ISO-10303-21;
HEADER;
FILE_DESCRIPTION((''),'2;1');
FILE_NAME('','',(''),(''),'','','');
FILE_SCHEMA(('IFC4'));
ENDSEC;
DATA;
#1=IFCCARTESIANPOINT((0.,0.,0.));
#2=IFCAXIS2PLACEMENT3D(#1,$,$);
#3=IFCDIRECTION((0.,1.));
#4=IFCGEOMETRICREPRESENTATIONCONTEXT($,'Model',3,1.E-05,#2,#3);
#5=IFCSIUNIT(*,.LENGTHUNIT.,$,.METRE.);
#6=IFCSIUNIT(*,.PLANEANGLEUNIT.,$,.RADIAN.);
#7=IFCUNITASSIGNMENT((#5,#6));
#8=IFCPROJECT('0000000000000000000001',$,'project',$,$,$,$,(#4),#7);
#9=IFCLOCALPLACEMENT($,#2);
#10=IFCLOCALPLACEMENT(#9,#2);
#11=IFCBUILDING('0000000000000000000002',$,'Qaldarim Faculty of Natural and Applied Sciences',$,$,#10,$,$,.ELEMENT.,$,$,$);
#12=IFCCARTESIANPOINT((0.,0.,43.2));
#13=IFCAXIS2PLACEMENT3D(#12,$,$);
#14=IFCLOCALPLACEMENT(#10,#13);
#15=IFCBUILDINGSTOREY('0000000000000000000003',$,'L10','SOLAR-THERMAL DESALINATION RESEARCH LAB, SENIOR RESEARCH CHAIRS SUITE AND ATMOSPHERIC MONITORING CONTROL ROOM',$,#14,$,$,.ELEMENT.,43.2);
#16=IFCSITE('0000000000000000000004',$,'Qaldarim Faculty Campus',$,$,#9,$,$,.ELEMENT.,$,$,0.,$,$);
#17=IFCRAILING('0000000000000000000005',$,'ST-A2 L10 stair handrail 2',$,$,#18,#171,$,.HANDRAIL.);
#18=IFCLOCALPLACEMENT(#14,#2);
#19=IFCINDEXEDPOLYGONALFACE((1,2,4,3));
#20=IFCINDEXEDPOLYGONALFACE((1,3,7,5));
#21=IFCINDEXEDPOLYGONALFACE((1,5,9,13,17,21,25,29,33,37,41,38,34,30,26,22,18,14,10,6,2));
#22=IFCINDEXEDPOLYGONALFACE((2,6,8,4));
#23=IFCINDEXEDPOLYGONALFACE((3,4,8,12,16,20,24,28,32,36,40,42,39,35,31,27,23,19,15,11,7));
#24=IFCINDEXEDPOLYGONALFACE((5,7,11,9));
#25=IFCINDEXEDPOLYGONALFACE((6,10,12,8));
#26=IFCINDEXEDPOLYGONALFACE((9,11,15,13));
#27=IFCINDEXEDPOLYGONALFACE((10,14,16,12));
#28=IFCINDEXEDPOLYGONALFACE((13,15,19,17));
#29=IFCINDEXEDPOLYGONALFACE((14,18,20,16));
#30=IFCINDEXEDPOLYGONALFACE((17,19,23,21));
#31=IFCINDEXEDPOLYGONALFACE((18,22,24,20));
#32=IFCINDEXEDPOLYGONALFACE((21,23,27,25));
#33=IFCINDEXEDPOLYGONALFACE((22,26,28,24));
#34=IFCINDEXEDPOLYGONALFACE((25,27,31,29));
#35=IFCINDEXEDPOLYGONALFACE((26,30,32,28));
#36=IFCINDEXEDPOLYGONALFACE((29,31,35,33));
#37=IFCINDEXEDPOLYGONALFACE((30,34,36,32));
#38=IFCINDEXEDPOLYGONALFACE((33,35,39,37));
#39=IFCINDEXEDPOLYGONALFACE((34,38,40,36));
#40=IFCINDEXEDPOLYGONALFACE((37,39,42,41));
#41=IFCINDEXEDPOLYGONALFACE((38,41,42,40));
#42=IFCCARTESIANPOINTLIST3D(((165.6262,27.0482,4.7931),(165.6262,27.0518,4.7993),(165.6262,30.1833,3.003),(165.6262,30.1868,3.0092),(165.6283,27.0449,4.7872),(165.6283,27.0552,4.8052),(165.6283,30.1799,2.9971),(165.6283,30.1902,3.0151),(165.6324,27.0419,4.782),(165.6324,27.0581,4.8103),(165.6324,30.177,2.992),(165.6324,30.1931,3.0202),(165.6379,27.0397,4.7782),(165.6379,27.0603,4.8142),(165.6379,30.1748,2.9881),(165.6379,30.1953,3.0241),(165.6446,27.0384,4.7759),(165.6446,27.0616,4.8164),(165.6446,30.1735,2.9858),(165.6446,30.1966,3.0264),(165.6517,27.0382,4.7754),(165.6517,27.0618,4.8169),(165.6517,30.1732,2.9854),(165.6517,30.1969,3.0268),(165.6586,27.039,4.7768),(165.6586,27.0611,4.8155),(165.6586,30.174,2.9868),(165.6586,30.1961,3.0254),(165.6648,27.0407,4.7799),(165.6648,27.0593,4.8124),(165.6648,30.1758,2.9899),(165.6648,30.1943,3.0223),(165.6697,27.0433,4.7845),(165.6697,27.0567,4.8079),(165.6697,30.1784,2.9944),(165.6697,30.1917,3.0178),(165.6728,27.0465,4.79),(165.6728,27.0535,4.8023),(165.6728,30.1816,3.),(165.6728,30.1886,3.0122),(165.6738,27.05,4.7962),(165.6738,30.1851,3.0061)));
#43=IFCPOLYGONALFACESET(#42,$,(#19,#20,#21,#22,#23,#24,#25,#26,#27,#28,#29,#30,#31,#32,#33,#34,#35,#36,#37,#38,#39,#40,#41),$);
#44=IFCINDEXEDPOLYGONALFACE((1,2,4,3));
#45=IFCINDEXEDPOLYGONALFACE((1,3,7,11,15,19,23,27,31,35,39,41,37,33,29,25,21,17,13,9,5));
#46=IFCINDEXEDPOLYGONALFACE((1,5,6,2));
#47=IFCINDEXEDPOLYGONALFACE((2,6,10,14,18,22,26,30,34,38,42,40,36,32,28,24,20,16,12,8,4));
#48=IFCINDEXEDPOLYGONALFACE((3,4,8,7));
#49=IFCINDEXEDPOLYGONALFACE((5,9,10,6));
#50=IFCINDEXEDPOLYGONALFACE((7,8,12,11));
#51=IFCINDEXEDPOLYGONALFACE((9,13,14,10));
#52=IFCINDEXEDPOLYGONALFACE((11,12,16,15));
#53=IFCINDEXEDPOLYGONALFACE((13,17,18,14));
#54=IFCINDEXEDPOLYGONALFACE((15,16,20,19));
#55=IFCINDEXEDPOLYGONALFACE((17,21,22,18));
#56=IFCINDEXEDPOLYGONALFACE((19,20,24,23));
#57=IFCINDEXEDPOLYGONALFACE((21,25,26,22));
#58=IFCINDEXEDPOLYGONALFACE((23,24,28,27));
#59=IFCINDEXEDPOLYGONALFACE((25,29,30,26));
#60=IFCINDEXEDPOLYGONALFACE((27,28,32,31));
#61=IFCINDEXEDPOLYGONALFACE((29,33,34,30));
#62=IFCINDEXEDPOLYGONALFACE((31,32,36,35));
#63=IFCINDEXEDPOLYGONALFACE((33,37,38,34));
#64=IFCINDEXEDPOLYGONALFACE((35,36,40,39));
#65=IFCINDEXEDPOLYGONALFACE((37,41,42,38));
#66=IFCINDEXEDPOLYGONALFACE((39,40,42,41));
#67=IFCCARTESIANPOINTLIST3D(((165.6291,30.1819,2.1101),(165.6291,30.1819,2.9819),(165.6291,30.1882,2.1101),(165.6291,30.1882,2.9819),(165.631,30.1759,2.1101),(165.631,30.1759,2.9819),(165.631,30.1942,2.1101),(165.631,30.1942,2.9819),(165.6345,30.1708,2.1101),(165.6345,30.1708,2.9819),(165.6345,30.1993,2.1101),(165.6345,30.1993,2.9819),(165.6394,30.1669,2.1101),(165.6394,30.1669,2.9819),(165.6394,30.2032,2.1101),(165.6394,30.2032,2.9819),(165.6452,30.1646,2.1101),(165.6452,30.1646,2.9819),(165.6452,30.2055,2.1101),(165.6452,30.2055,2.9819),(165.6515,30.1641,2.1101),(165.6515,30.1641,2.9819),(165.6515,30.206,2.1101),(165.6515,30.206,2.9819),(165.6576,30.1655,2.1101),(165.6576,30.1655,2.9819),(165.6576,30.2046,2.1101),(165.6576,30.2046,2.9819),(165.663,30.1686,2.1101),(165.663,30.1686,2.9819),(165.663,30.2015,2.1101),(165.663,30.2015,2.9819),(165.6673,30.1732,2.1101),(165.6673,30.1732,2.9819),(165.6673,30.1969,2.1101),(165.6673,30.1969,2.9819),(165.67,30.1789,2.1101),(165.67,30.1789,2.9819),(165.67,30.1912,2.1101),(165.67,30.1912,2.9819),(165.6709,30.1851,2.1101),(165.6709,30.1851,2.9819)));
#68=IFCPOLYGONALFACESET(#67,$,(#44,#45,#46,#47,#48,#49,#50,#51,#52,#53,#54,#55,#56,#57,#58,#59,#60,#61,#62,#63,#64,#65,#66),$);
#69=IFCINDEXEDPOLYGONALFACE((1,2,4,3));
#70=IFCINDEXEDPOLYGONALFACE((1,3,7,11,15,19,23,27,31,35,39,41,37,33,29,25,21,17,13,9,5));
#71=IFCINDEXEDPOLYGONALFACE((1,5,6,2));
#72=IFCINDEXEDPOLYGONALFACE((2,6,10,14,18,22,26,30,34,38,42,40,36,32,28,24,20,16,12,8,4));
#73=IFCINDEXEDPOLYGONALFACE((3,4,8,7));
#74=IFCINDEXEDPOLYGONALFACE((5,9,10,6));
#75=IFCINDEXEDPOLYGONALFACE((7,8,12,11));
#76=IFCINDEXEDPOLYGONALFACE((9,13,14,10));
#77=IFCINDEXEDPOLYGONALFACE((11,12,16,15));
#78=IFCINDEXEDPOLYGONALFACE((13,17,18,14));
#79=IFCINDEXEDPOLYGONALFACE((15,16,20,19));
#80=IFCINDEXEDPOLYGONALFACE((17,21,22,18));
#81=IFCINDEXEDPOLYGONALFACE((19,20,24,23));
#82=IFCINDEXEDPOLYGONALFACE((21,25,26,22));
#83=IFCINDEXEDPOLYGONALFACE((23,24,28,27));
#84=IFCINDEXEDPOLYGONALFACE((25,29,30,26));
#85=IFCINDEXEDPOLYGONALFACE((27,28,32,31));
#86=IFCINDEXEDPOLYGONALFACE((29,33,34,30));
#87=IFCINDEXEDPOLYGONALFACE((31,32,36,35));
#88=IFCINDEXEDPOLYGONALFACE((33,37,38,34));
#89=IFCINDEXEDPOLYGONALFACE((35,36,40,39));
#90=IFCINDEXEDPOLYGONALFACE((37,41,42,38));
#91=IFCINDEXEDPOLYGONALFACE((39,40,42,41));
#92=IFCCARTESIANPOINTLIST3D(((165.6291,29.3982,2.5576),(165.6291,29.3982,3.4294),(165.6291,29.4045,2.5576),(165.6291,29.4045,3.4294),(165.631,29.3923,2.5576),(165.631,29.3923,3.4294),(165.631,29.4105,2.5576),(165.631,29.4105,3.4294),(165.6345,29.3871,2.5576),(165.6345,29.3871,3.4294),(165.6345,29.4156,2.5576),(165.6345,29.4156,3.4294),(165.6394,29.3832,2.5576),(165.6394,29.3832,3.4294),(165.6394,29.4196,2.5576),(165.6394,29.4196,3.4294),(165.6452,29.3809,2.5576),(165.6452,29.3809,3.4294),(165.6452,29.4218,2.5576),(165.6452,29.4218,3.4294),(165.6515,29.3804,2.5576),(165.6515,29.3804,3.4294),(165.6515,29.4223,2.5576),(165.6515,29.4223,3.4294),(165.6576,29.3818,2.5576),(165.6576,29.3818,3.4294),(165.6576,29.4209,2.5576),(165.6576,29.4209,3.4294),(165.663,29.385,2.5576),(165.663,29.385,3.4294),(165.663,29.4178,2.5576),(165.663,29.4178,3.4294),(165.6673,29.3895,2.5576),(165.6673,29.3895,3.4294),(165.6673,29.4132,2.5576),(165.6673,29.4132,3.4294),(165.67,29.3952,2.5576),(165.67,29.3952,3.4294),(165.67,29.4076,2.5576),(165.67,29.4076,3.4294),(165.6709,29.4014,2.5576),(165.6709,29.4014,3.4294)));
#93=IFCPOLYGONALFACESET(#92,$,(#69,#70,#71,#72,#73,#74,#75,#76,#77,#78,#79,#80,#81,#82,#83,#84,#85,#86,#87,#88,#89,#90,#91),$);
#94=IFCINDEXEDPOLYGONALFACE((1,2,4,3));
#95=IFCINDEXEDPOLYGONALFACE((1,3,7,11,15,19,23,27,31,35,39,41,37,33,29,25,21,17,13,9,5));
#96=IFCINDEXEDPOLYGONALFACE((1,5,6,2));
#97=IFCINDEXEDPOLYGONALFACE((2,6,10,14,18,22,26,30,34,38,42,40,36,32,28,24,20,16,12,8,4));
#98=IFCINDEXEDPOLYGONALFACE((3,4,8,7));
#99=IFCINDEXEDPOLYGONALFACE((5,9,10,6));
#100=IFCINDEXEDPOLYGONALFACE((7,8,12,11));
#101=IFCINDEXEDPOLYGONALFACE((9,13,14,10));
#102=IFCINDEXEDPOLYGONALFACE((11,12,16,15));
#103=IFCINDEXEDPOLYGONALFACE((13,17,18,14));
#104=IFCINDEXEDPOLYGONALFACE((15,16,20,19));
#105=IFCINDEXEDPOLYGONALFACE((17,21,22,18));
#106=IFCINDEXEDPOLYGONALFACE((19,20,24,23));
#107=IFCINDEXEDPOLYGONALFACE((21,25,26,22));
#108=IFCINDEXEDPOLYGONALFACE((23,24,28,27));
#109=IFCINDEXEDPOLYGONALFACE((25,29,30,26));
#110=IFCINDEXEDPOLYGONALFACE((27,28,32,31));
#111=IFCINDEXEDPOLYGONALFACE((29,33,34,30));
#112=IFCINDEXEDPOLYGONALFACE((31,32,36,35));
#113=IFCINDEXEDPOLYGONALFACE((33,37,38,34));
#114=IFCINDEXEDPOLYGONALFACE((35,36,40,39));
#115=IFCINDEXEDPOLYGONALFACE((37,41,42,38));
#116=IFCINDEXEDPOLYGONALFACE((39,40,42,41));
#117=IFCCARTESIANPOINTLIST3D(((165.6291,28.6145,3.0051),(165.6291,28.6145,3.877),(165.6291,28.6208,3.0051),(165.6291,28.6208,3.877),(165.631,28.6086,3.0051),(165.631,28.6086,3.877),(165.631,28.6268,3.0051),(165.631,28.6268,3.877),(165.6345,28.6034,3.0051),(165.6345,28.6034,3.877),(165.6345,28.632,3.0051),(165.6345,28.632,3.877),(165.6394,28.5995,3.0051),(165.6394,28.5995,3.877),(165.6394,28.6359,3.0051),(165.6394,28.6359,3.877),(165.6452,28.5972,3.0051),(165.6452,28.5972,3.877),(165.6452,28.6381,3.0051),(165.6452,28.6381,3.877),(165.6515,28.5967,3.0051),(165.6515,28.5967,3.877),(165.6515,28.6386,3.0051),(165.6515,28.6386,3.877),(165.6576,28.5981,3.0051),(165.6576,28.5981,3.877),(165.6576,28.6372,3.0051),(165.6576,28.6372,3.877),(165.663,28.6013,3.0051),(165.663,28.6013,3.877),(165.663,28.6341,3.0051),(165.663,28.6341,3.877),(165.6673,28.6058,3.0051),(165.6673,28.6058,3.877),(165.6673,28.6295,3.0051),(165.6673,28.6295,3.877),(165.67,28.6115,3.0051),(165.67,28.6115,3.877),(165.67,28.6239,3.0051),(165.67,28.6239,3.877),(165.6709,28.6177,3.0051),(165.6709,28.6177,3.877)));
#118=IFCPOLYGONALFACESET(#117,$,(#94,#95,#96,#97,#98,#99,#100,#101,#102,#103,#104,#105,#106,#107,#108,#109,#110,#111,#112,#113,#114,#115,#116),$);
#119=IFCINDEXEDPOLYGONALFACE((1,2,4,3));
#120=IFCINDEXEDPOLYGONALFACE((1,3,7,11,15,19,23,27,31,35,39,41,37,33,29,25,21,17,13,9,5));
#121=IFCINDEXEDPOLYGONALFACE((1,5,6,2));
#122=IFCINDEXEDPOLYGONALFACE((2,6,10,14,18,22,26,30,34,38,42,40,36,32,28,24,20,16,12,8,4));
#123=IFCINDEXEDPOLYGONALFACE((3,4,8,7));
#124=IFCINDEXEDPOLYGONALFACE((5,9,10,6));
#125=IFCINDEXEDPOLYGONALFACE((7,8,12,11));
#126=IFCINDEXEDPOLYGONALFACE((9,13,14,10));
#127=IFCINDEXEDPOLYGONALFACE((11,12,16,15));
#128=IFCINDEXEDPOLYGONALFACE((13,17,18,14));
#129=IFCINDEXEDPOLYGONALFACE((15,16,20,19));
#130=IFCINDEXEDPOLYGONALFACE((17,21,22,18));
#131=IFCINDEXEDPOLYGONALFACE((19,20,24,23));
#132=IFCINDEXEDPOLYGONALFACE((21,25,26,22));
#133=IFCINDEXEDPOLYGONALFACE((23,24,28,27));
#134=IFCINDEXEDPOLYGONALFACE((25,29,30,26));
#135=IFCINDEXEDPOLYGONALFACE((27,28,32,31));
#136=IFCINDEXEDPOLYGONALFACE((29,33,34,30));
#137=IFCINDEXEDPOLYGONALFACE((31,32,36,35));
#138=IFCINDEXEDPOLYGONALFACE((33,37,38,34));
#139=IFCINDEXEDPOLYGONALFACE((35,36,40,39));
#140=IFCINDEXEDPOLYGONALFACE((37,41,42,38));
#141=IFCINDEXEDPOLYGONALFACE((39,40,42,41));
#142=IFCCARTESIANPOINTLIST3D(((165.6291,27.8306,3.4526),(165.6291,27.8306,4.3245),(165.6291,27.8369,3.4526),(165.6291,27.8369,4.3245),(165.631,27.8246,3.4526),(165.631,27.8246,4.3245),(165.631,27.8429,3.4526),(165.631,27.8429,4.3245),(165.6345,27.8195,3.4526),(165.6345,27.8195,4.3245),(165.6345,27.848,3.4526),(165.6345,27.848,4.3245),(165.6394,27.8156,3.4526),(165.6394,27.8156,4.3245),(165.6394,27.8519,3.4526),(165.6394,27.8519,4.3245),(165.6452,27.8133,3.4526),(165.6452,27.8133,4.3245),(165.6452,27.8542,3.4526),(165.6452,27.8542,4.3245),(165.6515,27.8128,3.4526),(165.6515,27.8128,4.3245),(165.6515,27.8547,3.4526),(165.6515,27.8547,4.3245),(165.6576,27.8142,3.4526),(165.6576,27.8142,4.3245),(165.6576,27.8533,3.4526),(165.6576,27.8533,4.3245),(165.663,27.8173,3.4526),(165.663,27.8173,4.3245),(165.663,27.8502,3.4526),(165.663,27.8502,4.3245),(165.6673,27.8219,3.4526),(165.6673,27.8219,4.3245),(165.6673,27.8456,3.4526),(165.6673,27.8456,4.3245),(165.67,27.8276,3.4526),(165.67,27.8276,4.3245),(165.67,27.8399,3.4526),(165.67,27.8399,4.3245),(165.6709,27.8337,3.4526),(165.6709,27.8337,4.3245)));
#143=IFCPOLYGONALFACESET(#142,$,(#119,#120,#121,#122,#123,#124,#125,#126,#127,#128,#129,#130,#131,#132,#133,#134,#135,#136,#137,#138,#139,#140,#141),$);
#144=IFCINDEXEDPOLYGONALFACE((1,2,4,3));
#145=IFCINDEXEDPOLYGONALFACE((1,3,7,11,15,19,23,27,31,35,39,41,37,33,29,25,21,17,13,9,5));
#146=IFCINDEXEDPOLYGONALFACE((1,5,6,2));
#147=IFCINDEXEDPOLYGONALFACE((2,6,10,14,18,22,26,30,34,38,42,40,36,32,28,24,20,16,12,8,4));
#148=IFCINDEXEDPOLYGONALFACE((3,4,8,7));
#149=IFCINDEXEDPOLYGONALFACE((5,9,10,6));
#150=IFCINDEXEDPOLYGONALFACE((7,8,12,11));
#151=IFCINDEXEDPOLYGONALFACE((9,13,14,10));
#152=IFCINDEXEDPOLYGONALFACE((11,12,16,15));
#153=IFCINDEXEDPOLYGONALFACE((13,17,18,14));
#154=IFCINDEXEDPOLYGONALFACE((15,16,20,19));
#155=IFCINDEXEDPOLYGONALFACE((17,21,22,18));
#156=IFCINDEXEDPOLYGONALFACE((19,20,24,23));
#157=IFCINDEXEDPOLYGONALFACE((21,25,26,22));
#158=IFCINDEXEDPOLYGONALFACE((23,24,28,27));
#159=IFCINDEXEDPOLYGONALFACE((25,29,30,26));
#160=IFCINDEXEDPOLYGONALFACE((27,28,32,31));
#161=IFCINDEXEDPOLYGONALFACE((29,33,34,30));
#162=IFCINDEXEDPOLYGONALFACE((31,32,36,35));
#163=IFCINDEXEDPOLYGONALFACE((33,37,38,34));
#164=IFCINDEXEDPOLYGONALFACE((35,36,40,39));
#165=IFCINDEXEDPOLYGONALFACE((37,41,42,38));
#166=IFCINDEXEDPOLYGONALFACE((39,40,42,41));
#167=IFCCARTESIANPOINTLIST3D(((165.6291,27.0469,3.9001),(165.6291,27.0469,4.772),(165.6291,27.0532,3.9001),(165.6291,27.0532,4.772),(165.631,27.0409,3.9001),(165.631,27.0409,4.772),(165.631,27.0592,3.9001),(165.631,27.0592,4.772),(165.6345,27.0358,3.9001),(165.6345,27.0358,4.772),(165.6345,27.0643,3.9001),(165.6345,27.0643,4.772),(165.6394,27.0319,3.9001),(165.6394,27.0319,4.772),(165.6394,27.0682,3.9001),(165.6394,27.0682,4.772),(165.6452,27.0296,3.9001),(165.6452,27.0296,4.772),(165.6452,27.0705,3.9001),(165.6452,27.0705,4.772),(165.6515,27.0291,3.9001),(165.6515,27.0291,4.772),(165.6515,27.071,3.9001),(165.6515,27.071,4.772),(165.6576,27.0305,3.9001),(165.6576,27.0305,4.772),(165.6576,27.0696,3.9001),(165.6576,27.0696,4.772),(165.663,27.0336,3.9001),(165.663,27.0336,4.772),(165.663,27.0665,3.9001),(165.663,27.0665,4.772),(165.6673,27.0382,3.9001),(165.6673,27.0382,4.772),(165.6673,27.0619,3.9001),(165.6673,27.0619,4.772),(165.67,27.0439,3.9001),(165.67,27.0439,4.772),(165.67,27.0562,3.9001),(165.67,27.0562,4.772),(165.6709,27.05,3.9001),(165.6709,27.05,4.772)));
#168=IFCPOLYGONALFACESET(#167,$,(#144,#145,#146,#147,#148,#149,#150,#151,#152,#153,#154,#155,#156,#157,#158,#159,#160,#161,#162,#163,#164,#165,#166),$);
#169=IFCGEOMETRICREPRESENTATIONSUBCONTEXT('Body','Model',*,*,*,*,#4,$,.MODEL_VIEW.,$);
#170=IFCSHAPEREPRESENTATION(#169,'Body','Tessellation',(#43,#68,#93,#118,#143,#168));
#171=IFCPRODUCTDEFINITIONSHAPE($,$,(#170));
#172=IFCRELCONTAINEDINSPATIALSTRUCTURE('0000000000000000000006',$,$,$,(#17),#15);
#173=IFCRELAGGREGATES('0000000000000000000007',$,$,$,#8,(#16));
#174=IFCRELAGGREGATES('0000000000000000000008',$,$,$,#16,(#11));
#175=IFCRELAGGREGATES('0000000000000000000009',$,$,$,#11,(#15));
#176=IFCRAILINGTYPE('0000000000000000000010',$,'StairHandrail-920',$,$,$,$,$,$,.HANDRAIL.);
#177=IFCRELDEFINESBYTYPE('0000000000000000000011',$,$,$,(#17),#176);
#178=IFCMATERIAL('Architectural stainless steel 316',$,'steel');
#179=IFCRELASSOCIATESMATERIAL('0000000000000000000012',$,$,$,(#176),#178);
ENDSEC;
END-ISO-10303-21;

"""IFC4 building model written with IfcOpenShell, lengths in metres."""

from ifc_helpers import new_model, si_unit, direction, frame, origin, origin_2d, place, context, subcontext, project, spatial, circle, extrude, material, type_object, element, save


model = new_model("IFC4")

# Units and contexts
model_context = context("Model", 3, precision=1e-05, world=origin(), true_north=direction((0.0, 1.0)))
body_context = subcontext(model_context, "Body", "Model", "MODEL_VIEW")
ifc_project = project(units=[si_unit("LENGTHUNIT", "METRE"), si_unit("PLANEANGLEUNIT", "RADIAN")], contexts=[model_context])

# Site, building, storey
site_placement = place(None, origin())
site = spatial("IfcSite", under=ifc_project, at=site_placement, Name="Qaldarim Faculty Campus", CompositionType="ELEMENT", RefElevation=0.0)
building_placement = place(site_placement, origin())
building = spatial("IfcBuilding", under=site, at=building_placement, Name="Qaldarim Faculty of Natural and Applied Sciences", CompositionType="ELEMENT")
storey_placement = place(building_placement, frame((0.0, 0.0, 43.2)))
storey = spatial("IfcBuildingStorey", under=building, at=storey_placement, Name="L10", Description="SOLAR-THERMAL DESALINATION RESEARCH LAB, SENIOR RESEARCH CHAIRS SUITE AND ATMOSPHERIC MONITORING CONTROL ROOM", CompositionType="ELEMENT", Elevation=43.2)

# Shared definitions
ifc_material_1 = material(Name="Architectural stainless steel 316", Category="steel")

# Railing
railing_type_1 = type_object("IfcRailingType", Name="StairHandrail-920", PredefinedType="HANDRAIL", material=ifc_material_1)
railing_1_placement = place(storey_placement, frame((165.6499, 30.1851, 2.1101)))
element("IfcRailing", 1, at=railing_1_placement, inside=storey, type_object=railing_type_1, Name="ST-A2 L10 stair handrail 2", PredefinedType="HANDRAIL", context=body_context, shape_type="SweptSolid", body=[
    extrude(circle(Radius=0.0239, at=origin_2d()), frame((0.0, 0.0, 0.896), z_axis=(0.0, -0.86841, 0.495848), x_axis=(1.0, 0.0, 0.0)), (0.0, 0.0, 1.0), 3.6101),
    extrude(circle(Radius=0.021, at=origin_2d()), origin(), (0.0, 0.0, 1.0), 0.8718),
    extrude(circle(Radius=0.021, at=origin_2d()), frame((0.0, -0.7837, 0.4475)), (0.0, 0.0, 1.0), 0.8718),
    extrude(circle(Radius=0.021, at=origin_2d()), frame((0.0, -1.5674, 0.895)), (0.0, 0.0, 1.0), 0.8718),
    extrude(circle(Radius=0.021, at=origin_2d()), frame((0.0, -2.3513, 1.3425)), (0.0, 0.0, 1.0), 0.8718),
    extrude(circle(Radius=0.021, at=origin_2d()), frame((0.0, -3.135, 1.79)), (0.0, 0.0, 1.0), 0.8718),
])

save(model, "model.ifc")
